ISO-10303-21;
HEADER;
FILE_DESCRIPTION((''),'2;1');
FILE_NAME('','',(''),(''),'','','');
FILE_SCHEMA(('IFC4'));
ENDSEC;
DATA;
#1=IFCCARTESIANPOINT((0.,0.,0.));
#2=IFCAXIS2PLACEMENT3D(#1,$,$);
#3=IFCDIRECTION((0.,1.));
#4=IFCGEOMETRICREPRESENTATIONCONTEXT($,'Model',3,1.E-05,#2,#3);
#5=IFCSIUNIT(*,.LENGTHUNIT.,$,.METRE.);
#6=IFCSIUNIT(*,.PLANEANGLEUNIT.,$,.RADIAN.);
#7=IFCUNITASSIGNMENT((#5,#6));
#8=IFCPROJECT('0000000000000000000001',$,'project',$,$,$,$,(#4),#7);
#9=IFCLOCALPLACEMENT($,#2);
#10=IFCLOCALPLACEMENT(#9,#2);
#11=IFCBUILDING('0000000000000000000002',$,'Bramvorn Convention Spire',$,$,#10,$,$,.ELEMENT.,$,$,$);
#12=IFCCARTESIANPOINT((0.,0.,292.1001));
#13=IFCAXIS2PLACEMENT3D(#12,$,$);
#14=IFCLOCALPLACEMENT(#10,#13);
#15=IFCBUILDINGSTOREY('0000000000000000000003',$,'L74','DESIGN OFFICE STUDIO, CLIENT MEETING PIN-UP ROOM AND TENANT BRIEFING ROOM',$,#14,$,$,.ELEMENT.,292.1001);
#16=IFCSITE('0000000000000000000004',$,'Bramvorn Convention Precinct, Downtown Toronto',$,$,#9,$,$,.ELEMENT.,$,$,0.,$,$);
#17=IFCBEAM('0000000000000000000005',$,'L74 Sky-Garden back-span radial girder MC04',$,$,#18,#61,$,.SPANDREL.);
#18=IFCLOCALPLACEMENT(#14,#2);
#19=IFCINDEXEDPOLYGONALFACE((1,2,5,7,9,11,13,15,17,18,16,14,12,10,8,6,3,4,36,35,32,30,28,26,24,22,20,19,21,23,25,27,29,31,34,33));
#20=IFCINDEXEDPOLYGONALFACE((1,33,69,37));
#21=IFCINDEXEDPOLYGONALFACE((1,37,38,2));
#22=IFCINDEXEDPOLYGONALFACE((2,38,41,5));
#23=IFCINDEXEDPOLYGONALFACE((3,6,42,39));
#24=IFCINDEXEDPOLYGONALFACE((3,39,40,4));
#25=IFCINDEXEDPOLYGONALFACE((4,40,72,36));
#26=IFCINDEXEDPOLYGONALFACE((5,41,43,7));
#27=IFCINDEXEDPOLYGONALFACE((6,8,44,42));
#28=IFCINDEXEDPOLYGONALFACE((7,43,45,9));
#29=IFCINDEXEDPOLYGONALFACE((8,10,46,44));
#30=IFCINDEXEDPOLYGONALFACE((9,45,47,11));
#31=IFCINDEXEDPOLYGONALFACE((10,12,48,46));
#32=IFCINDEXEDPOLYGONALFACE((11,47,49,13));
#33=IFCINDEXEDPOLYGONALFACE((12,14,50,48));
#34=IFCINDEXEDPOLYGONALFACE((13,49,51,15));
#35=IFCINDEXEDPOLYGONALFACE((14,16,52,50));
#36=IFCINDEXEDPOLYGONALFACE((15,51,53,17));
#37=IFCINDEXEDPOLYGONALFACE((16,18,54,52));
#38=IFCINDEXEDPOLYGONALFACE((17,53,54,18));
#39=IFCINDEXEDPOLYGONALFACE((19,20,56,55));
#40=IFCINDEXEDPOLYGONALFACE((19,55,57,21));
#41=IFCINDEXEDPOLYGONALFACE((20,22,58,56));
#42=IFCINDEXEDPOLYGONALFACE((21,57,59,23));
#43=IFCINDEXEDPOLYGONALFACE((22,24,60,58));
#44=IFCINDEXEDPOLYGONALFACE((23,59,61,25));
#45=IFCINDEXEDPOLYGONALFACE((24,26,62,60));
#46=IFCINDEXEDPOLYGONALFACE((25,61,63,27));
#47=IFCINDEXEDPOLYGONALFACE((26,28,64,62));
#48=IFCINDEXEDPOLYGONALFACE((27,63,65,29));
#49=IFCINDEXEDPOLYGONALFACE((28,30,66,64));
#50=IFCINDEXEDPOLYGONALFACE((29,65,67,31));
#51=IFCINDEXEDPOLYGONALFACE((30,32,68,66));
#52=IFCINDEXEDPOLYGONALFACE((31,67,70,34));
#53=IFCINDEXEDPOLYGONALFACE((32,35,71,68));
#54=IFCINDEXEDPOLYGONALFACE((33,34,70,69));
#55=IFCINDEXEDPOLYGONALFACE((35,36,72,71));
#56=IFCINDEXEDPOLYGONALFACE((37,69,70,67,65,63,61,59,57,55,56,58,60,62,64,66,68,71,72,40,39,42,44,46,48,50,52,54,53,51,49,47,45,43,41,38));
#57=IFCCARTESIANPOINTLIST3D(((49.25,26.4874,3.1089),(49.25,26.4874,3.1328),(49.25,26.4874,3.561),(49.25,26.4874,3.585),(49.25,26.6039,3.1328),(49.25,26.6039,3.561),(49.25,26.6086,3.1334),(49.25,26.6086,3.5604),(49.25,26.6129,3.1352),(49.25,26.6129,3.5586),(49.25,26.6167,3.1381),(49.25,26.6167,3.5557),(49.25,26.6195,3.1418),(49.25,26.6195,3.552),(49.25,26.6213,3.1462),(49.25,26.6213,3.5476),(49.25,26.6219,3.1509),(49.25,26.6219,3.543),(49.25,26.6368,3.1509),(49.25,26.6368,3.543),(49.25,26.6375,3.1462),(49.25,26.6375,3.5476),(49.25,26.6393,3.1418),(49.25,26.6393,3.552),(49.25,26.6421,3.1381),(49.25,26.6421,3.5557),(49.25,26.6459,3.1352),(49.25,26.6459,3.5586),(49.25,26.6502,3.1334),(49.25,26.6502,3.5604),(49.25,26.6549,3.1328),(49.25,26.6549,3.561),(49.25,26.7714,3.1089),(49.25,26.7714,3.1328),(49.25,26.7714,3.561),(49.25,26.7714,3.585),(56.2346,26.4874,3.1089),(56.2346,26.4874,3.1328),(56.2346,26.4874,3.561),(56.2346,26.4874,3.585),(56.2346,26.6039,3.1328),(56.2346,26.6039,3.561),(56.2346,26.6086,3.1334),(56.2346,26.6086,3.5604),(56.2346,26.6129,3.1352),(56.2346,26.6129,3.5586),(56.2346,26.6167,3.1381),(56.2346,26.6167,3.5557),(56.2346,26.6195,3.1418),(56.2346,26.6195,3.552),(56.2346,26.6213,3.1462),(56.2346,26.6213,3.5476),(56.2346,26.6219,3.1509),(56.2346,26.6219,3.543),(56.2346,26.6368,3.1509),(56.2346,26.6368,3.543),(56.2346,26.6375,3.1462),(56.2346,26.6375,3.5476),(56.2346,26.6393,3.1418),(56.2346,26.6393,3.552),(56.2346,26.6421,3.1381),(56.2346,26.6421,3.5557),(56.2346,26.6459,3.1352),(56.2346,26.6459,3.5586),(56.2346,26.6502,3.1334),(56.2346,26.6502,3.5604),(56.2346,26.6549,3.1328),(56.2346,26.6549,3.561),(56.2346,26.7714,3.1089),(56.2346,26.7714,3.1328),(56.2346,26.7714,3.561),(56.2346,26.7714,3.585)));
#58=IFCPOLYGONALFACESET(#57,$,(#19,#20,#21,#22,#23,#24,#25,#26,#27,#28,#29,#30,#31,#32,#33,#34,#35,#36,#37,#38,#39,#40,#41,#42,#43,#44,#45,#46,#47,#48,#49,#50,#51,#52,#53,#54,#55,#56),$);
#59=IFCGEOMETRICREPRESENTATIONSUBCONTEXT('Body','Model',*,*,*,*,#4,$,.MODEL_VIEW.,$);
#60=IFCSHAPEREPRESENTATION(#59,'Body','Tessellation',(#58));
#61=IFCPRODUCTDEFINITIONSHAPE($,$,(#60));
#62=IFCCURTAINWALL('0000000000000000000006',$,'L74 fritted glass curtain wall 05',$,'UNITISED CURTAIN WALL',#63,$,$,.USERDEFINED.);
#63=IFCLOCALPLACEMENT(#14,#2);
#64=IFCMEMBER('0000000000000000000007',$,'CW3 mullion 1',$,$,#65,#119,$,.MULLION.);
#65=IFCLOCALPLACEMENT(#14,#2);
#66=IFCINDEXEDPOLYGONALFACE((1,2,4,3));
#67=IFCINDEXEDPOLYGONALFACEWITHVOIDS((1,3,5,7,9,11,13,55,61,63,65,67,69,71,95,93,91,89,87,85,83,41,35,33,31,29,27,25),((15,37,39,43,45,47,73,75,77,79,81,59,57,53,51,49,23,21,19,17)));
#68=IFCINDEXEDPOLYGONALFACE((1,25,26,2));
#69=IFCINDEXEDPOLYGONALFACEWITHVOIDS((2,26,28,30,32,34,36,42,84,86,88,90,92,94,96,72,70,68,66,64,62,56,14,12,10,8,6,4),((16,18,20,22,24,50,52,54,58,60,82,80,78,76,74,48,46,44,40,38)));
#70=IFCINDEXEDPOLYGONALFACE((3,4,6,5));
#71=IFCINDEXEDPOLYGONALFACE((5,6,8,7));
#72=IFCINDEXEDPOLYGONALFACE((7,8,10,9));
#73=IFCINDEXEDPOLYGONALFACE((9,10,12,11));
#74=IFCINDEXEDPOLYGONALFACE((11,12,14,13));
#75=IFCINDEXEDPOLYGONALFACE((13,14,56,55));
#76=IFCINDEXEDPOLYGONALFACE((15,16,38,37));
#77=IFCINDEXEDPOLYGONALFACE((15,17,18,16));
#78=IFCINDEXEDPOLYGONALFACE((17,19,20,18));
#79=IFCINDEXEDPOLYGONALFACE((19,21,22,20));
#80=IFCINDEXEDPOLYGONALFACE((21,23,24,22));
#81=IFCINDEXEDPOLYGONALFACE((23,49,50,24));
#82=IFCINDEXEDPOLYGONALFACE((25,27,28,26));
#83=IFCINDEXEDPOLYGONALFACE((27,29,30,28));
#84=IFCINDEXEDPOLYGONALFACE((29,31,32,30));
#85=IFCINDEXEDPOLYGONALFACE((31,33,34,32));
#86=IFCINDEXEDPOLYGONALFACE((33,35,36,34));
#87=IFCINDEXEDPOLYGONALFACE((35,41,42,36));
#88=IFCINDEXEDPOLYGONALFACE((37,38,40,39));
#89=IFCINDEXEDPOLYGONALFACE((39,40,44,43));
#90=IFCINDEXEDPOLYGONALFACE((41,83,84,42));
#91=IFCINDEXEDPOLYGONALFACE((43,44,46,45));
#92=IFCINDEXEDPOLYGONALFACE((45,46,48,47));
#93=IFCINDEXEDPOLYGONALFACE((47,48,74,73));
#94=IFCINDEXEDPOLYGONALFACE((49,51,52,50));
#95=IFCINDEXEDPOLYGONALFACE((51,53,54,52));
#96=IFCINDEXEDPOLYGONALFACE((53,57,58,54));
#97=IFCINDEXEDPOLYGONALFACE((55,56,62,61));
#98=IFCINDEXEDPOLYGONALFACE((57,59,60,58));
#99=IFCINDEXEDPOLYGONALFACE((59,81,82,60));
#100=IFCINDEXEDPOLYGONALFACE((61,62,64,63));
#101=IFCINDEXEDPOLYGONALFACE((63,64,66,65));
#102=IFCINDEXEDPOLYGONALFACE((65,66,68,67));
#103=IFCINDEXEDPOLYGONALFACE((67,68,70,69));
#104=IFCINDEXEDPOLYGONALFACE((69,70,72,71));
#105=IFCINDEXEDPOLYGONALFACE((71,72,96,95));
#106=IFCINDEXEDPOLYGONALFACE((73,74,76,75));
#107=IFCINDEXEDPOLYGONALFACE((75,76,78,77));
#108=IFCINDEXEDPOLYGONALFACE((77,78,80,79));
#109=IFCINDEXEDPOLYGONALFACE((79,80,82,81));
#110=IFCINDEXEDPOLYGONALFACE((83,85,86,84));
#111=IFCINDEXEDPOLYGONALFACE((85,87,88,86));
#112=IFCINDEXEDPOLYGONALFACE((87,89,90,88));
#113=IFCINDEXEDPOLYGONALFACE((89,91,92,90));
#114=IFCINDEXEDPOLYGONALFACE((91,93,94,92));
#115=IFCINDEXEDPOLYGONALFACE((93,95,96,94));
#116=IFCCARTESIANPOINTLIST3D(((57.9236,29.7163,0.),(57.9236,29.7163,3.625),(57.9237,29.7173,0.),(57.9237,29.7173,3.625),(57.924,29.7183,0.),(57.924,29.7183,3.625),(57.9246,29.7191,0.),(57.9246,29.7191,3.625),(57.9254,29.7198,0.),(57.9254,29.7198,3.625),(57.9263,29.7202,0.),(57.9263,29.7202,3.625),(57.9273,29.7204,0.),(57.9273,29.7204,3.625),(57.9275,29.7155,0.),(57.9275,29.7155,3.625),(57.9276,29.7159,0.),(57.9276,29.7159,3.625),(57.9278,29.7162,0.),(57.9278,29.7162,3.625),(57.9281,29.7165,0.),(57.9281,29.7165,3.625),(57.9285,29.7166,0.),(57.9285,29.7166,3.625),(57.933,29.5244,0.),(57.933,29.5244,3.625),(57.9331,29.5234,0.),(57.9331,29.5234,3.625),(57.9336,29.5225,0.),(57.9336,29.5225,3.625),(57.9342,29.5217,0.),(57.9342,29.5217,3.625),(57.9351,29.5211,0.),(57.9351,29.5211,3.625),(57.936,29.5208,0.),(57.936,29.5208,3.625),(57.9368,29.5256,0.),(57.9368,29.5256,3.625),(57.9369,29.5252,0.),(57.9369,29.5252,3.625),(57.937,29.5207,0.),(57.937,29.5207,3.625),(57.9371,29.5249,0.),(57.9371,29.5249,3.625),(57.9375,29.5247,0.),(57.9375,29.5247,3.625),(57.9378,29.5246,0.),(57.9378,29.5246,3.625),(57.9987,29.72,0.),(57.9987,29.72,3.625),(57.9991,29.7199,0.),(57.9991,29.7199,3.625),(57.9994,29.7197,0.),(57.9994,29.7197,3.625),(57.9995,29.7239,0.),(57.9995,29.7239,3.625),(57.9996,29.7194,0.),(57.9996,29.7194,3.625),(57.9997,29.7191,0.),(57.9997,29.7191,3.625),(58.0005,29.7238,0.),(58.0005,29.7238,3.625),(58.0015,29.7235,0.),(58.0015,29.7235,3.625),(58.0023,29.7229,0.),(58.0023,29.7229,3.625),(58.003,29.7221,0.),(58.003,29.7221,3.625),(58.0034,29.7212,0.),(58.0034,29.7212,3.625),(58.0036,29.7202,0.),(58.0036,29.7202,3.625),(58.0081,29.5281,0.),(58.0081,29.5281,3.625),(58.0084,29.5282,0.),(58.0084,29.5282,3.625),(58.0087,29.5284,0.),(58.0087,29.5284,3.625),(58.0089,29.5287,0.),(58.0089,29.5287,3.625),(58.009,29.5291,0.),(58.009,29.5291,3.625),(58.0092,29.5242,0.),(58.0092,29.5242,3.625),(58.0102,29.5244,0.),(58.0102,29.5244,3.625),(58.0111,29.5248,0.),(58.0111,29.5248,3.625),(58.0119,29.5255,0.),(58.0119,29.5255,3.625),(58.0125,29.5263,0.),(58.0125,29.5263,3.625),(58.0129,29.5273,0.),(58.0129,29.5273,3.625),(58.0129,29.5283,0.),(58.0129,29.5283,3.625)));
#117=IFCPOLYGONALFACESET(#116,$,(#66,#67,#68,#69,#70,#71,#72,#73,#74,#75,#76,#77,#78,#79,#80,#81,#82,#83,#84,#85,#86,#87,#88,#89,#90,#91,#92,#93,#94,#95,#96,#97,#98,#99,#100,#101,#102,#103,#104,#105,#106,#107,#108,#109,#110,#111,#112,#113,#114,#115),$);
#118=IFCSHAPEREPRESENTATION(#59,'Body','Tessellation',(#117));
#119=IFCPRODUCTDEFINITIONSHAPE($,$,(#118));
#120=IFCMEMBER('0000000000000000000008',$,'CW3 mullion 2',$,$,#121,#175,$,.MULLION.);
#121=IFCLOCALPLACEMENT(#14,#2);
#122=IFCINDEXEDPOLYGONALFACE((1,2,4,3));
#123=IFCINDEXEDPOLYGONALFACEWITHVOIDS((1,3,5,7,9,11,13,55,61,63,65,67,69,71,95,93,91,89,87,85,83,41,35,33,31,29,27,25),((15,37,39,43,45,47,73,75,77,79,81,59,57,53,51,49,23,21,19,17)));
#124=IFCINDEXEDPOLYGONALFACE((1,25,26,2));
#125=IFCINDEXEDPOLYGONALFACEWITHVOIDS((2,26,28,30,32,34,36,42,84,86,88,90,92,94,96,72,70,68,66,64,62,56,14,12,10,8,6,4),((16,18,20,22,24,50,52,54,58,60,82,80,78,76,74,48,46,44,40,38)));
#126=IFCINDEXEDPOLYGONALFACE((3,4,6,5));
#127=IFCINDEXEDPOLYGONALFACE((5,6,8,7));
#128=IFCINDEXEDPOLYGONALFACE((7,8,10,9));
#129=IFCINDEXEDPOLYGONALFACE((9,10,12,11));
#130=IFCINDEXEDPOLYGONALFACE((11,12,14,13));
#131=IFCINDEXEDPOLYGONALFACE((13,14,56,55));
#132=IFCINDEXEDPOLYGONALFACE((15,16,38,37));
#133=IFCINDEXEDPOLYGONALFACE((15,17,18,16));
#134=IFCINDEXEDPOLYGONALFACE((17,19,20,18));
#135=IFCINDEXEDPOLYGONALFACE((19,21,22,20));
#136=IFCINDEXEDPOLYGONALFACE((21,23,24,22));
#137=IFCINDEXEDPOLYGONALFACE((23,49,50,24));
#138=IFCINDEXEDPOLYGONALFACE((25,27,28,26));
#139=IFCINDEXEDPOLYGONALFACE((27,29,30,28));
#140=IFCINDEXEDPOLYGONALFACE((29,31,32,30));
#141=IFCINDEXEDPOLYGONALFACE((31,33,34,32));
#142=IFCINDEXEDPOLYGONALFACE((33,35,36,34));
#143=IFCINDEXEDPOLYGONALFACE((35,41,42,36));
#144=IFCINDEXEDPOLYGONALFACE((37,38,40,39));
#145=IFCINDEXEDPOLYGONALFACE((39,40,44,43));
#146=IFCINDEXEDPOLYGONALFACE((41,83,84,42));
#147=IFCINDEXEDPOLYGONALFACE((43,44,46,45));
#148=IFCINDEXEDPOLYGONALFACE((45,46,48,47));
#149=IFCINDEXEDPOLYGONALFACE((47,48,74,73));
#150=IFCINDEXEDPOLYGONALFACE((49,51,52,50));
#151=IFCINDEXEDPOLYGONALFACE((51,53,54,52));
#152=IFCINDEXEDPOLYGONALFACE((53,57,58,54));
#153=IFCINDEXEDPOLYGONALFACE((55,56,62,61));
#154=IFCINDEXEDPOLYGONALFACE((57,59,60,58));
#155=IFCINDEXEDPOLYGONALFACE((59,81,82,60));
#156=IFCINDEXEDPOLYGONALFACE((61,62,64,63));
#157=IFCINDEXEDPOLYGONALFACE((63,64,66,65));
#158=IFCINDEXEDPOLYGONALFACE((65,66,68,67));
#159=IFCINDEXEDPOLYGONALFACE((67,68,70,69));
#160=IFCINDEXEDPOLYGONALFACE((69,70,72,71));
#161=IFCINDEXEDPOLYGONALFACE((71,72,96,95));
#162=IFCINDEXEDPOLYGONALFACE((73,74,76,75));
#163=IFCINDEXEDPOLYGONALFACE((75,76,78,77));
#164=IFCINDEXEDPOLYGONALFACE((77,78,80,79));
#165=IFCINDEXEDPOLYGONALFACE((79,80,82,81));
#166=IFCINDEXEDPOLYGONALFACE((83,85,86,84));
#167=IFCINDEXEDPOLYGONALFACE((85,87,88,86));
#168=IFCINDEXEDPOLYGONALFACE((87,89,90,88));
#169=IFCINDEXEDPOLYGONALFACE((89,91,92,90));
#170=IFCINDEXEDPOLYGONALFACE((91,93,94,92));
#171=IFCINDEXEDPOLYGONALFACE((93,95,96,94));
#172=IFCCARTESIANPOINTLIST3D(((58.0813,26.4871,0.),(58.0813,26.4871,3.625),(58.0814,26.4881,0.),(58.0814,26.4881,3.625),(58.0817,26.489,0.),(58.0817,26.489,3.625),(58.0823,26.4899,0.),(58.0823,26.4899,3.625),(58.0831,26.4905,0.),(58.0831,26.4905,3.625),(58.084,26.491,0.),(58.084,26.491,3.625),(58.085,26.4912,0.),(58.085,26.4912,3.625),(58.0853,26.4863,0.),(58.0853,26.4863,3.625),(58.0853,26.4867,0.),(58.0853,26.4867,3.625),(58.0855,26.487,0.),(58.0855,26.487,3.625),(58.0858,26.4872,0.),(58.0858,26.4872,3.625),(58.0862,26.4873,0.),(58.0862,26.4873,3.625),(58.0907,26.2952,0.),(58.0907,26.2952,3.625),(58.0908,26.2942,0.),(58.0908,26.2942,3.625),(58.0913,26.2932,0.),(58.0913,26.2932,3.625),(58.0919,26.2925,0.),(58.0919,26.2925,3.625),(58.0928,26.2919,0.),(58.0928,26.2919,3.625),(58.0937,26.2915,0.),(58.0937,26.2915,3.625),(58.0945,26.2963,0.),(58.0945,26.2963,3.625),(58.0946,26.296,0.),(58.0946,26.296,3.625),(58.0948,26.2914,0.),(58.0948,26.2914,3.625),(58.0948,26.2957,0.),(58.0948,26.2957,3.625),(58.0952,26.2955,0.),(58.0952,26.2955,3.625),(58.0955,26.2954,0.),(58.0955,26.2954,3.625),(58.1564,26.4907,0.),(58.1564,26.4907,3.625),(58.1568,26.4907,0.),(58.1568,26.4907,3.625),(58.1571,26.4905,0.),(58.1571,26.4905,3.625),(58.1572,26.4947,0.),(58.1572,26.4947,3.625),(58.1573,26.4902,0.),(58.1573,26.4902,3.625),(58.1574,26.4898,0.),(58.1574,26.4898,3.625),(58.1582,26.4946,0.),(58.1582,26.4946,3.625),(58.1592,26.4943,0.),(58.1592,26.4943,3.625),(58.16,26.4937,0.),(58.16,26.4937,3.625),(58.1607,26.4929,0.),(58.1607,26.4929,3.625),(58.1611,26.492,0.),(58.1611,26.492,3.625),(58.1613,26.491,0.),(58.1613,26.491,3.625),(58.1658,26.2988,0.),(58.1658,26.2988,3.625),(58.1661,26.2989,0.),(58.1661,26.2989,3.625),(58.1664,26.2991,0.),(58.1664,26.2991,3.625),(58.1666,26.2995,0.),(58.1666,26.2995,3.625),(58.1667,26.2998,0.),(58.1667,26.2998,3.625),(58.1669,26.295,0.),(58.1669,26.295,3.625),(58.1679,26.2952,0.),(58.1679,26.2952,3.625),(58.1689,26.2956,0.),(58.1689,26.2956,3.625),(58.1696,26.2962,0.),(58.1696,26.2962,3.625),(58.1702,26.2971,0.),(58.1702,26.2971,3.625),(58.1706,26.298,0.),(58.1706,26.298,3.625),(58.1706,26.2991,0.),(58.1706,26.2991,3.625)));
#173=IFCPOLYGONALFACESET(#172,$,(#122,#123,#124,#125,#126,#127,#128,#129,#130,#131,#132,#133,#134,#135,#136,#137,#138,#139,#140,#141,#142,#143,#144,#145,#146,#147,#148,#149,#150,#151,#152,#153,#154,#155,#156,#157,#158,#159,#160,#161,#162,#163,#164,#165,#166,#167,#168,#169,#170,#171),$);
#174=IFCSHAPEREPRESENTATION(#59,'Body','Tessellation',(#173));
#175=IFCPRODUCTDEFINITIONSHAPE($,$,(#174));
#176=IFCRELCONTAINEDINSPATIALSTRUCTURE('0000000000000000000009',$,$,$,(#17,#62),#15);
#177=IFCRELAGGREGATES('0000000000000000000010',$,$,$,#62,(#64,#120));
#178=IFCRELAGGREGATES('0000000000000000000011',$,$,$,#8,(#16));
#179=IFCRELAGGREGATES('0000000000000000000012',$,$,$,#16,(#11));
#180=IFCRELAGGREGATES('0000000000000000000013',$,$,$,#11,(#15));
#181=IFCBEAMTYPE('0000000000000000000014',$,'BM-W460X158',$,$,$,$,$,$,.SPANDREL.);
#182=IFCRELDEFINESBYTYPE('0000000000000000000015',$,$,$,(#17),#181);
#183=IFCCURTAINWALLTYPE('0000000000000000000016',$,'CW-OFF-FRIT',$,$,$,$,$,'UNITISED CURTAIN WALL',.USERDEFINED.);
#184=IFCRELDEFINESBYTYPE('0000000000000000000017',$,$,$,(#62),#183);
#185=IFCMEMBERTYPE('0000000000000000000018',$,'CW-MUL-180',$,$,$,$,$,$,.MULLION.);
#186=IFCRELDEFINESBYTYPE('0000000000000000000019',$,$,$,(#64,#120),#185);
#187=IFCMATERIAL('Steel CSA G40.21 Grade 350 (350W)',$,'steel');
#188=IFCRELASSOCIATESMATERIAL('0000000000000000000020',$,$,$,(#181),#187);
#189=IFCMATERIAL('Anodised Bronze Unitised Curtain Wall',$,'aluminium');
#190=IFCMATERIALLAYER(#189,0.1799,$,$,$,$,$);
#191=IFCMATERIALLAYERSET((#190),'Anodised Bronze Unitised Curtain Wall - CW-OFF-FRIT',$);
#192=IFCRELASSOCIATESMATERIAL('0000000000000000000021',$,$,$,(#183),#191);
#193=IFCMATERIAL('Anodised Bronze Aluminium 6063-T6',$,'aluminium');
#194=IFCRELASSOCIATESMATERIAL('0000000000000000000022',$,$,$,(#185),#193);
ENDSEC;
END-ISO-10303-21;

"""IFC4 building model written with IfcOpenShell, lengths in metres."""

from ifc_helpers import new_model, si_unit, direction, frame, origin, origin_2d, place, context, subcontext, project, spatial, hollow_rectangle, i_section, extrude, material, layer, layer_set, material_profile, profile_set, type_object, element, aggregate, save


model = new_model("IFC4")

# Units and contexts
model_context = context("Model", 3, precision=1e-05, world=origin(), true_north=direction((0.0, 1.0)))
body_context = subcontext(model_context, "Body", "Model", "MODEL_VIEW")
ifc_project = project(units=[si_unit("LENGTHUNIT", "METRE"), si_unit("PLANEANGLEUNIT", "RADIAN")], contexts=[model_context])

# Site, building, storey
site_placement = place(None, origin())
site = spatial("IfcSite", under=ifc_project, at=site_placement, Name="Bramvorn Convention Precinct, Downtown Toronto", CompositionType="ELEMENT", RefElevation=0.0)
building_placement = place(site_placement, origin())
building = spatial("IfcBuilding", under=site, at=building_placement, Name="Bramvorn Convention Spire", CompositionType="ELEMENT")
storey_placement = place(building_placement, frame((0.0, 0.0, 292.1001)))
storey = spatial("IfcBuildingStorey", under=building, at=storey_placement, Name="L74", Description="DESIGN OFFICE STUDIO, CLIENT MEETING PIN-UP ROOM AND TENANT BRIEFING ROOM", CompositionType="ELEMENT", Elevation=292.1001)

# Shared definitions
ifc_material_1 = material(Name="Steel CSA G40.21 Grade 350 (350W)", Category="steel")

# Beam
ifc_material_profile_1 = material_profile(ifc_material_1, i_section(OverallWidth=0.2839, OverallDepth=0.4761, WebThickness=0.0149, FlangeThickness=0.0239, FilletRadius=0.0181, at=origin_2d()))
ifc_profile_set_1 = profile_set([ifc_material_profile_1], Name="Steel CSA G40.21 Grade 350 (350W) - W460X158")
beam_type_1 = type_object("IfcBeamType", Name="BM-W460X158", PredefinedType="SPANDREL", material=ifc_profile_set_1)
beam_1_placement = place(storey_placement, frame((49.25, 26.6294, 3.3469), z_axis=(1.0, 0.0, 0.0), x_axis=(0.0, 1.0, 0.0)))
element("IfcBeam", 1, at=beam_1_placement, inside=storey, type_object=beam_type_1, Name="L74 Sky-Garden back-span radial girder MC04", PredefinedType="SPANDREL", context=body_context, shape_type="SweptSolid", body=[
    extrude(i_section(OverallWidth=0.2839, OverallDepth=0.4761, WebThickness=0.0149, FlangeThickness=0.0239, FilletRadius=0.0181, at=origin_2d()), origin(), (0.0, 0.0, 1.0), 6.9846),
])

# Curtain wall, members
ifc_material_2 = material(Name="Anodised Bronze Unitised Curtain Wall", Category="aluminium")
ifc_layer_1 = layer(ifc_material_2, 0.1799)
ifc_layer_set_1 = layer_set([ifc_layer_1], Name="Anodised Bronze Unitised Curtain Wall - CW-OFF-FRIT")
curtain_wall_type = type_object("IfcCurtainWallType", Name="CW-OFF-FRIT", ElementType="UNITISED CURTAIN WALL", PredefinedType="USERDEFINED", material=ifc_layer_set_1)
curtain_wall_1_placement = place(storey_placement, origin())
curtain_wall_1 = element("IfcCurtainWall", 2, at=curtain_wall_1_placement, inside=storey, type_object=curtain_wall_type, Name="L74 fritted glass curtain wall 05", ObjectType="UNITISED CURTAIN WALL", PredefinedType="USERDEFINED")
ifc_material_3 = material(Name="Anodised Bronze Aluminium 6063-T6", Category="aluminium")
ifc_material_profile_2 = material_profile(ifc_material_3, hollow_rectangle(XDim=0.0801, YDim=0.2, WallThickness=0.0039, InnerFilletRadius=0.001, OuterFilletRadius=0.0039, at=origin_2d()))
ifc_profile_set_2 = profile_set([ifc_material_profile_2], Name="Anodised Bronze Aluminium 6063-T6 - CWM80X200")
member_type_1 = type_object("IfcMemberType", Name="CW-MUL-180", PredefinedType="MULLION", material=ifc_profile_set_2)
member_1_placement = place(storey_placement, frame((57.9683, 29.6223, 0.0), z_axis=(0.0, 0.0, 1.0), x_axis=(0.998812, 0.048726, 0.0)))
member_1 = element("IfcMember", 3, at=member_1_placement, type_object=member_type_1, Name="CW3 mullion 1", PredefinedType="MULLION", context=body_context, shape_type="SweptSolid", body=[
    extrude(hollow_rectangle(XDim=0.0801, YDim=0.2, WallThickness=0.0039, InnerFilletRadius=0.001, OuterFilletRadius=0.0039, at=origin_2d()), origin(), (0.0, 0.0, 1.0), 3.625),
])
member_2_placement = place(storey_placement, frame((58.126, 26.3931, 0.0), z_axis=(0.0, 0.0, 1.0), x_axis=(0.998812, 0.048726, 0.0)))
member_2 = element("IfcMember", 4, at=member_2_placement, type_object=member_type_1, Name="CW3 mullion 2", PredefinedType="MULLION", context=body_context, shape_type="SweptSolid", body=[
    extrude(hollow_rectangle(XDim=0.0801, YDim=0.2, WallThickness=0.0039, InnerFilletRadius=0.001, OuterFilletRadius=0.0039, at=origin_2d()), origin(), (0.0, 0.0, 1.0), 3.625),
])

aggregate(curtain_wall_1, [member_1, member_2])

save(model, "model.ifc")
